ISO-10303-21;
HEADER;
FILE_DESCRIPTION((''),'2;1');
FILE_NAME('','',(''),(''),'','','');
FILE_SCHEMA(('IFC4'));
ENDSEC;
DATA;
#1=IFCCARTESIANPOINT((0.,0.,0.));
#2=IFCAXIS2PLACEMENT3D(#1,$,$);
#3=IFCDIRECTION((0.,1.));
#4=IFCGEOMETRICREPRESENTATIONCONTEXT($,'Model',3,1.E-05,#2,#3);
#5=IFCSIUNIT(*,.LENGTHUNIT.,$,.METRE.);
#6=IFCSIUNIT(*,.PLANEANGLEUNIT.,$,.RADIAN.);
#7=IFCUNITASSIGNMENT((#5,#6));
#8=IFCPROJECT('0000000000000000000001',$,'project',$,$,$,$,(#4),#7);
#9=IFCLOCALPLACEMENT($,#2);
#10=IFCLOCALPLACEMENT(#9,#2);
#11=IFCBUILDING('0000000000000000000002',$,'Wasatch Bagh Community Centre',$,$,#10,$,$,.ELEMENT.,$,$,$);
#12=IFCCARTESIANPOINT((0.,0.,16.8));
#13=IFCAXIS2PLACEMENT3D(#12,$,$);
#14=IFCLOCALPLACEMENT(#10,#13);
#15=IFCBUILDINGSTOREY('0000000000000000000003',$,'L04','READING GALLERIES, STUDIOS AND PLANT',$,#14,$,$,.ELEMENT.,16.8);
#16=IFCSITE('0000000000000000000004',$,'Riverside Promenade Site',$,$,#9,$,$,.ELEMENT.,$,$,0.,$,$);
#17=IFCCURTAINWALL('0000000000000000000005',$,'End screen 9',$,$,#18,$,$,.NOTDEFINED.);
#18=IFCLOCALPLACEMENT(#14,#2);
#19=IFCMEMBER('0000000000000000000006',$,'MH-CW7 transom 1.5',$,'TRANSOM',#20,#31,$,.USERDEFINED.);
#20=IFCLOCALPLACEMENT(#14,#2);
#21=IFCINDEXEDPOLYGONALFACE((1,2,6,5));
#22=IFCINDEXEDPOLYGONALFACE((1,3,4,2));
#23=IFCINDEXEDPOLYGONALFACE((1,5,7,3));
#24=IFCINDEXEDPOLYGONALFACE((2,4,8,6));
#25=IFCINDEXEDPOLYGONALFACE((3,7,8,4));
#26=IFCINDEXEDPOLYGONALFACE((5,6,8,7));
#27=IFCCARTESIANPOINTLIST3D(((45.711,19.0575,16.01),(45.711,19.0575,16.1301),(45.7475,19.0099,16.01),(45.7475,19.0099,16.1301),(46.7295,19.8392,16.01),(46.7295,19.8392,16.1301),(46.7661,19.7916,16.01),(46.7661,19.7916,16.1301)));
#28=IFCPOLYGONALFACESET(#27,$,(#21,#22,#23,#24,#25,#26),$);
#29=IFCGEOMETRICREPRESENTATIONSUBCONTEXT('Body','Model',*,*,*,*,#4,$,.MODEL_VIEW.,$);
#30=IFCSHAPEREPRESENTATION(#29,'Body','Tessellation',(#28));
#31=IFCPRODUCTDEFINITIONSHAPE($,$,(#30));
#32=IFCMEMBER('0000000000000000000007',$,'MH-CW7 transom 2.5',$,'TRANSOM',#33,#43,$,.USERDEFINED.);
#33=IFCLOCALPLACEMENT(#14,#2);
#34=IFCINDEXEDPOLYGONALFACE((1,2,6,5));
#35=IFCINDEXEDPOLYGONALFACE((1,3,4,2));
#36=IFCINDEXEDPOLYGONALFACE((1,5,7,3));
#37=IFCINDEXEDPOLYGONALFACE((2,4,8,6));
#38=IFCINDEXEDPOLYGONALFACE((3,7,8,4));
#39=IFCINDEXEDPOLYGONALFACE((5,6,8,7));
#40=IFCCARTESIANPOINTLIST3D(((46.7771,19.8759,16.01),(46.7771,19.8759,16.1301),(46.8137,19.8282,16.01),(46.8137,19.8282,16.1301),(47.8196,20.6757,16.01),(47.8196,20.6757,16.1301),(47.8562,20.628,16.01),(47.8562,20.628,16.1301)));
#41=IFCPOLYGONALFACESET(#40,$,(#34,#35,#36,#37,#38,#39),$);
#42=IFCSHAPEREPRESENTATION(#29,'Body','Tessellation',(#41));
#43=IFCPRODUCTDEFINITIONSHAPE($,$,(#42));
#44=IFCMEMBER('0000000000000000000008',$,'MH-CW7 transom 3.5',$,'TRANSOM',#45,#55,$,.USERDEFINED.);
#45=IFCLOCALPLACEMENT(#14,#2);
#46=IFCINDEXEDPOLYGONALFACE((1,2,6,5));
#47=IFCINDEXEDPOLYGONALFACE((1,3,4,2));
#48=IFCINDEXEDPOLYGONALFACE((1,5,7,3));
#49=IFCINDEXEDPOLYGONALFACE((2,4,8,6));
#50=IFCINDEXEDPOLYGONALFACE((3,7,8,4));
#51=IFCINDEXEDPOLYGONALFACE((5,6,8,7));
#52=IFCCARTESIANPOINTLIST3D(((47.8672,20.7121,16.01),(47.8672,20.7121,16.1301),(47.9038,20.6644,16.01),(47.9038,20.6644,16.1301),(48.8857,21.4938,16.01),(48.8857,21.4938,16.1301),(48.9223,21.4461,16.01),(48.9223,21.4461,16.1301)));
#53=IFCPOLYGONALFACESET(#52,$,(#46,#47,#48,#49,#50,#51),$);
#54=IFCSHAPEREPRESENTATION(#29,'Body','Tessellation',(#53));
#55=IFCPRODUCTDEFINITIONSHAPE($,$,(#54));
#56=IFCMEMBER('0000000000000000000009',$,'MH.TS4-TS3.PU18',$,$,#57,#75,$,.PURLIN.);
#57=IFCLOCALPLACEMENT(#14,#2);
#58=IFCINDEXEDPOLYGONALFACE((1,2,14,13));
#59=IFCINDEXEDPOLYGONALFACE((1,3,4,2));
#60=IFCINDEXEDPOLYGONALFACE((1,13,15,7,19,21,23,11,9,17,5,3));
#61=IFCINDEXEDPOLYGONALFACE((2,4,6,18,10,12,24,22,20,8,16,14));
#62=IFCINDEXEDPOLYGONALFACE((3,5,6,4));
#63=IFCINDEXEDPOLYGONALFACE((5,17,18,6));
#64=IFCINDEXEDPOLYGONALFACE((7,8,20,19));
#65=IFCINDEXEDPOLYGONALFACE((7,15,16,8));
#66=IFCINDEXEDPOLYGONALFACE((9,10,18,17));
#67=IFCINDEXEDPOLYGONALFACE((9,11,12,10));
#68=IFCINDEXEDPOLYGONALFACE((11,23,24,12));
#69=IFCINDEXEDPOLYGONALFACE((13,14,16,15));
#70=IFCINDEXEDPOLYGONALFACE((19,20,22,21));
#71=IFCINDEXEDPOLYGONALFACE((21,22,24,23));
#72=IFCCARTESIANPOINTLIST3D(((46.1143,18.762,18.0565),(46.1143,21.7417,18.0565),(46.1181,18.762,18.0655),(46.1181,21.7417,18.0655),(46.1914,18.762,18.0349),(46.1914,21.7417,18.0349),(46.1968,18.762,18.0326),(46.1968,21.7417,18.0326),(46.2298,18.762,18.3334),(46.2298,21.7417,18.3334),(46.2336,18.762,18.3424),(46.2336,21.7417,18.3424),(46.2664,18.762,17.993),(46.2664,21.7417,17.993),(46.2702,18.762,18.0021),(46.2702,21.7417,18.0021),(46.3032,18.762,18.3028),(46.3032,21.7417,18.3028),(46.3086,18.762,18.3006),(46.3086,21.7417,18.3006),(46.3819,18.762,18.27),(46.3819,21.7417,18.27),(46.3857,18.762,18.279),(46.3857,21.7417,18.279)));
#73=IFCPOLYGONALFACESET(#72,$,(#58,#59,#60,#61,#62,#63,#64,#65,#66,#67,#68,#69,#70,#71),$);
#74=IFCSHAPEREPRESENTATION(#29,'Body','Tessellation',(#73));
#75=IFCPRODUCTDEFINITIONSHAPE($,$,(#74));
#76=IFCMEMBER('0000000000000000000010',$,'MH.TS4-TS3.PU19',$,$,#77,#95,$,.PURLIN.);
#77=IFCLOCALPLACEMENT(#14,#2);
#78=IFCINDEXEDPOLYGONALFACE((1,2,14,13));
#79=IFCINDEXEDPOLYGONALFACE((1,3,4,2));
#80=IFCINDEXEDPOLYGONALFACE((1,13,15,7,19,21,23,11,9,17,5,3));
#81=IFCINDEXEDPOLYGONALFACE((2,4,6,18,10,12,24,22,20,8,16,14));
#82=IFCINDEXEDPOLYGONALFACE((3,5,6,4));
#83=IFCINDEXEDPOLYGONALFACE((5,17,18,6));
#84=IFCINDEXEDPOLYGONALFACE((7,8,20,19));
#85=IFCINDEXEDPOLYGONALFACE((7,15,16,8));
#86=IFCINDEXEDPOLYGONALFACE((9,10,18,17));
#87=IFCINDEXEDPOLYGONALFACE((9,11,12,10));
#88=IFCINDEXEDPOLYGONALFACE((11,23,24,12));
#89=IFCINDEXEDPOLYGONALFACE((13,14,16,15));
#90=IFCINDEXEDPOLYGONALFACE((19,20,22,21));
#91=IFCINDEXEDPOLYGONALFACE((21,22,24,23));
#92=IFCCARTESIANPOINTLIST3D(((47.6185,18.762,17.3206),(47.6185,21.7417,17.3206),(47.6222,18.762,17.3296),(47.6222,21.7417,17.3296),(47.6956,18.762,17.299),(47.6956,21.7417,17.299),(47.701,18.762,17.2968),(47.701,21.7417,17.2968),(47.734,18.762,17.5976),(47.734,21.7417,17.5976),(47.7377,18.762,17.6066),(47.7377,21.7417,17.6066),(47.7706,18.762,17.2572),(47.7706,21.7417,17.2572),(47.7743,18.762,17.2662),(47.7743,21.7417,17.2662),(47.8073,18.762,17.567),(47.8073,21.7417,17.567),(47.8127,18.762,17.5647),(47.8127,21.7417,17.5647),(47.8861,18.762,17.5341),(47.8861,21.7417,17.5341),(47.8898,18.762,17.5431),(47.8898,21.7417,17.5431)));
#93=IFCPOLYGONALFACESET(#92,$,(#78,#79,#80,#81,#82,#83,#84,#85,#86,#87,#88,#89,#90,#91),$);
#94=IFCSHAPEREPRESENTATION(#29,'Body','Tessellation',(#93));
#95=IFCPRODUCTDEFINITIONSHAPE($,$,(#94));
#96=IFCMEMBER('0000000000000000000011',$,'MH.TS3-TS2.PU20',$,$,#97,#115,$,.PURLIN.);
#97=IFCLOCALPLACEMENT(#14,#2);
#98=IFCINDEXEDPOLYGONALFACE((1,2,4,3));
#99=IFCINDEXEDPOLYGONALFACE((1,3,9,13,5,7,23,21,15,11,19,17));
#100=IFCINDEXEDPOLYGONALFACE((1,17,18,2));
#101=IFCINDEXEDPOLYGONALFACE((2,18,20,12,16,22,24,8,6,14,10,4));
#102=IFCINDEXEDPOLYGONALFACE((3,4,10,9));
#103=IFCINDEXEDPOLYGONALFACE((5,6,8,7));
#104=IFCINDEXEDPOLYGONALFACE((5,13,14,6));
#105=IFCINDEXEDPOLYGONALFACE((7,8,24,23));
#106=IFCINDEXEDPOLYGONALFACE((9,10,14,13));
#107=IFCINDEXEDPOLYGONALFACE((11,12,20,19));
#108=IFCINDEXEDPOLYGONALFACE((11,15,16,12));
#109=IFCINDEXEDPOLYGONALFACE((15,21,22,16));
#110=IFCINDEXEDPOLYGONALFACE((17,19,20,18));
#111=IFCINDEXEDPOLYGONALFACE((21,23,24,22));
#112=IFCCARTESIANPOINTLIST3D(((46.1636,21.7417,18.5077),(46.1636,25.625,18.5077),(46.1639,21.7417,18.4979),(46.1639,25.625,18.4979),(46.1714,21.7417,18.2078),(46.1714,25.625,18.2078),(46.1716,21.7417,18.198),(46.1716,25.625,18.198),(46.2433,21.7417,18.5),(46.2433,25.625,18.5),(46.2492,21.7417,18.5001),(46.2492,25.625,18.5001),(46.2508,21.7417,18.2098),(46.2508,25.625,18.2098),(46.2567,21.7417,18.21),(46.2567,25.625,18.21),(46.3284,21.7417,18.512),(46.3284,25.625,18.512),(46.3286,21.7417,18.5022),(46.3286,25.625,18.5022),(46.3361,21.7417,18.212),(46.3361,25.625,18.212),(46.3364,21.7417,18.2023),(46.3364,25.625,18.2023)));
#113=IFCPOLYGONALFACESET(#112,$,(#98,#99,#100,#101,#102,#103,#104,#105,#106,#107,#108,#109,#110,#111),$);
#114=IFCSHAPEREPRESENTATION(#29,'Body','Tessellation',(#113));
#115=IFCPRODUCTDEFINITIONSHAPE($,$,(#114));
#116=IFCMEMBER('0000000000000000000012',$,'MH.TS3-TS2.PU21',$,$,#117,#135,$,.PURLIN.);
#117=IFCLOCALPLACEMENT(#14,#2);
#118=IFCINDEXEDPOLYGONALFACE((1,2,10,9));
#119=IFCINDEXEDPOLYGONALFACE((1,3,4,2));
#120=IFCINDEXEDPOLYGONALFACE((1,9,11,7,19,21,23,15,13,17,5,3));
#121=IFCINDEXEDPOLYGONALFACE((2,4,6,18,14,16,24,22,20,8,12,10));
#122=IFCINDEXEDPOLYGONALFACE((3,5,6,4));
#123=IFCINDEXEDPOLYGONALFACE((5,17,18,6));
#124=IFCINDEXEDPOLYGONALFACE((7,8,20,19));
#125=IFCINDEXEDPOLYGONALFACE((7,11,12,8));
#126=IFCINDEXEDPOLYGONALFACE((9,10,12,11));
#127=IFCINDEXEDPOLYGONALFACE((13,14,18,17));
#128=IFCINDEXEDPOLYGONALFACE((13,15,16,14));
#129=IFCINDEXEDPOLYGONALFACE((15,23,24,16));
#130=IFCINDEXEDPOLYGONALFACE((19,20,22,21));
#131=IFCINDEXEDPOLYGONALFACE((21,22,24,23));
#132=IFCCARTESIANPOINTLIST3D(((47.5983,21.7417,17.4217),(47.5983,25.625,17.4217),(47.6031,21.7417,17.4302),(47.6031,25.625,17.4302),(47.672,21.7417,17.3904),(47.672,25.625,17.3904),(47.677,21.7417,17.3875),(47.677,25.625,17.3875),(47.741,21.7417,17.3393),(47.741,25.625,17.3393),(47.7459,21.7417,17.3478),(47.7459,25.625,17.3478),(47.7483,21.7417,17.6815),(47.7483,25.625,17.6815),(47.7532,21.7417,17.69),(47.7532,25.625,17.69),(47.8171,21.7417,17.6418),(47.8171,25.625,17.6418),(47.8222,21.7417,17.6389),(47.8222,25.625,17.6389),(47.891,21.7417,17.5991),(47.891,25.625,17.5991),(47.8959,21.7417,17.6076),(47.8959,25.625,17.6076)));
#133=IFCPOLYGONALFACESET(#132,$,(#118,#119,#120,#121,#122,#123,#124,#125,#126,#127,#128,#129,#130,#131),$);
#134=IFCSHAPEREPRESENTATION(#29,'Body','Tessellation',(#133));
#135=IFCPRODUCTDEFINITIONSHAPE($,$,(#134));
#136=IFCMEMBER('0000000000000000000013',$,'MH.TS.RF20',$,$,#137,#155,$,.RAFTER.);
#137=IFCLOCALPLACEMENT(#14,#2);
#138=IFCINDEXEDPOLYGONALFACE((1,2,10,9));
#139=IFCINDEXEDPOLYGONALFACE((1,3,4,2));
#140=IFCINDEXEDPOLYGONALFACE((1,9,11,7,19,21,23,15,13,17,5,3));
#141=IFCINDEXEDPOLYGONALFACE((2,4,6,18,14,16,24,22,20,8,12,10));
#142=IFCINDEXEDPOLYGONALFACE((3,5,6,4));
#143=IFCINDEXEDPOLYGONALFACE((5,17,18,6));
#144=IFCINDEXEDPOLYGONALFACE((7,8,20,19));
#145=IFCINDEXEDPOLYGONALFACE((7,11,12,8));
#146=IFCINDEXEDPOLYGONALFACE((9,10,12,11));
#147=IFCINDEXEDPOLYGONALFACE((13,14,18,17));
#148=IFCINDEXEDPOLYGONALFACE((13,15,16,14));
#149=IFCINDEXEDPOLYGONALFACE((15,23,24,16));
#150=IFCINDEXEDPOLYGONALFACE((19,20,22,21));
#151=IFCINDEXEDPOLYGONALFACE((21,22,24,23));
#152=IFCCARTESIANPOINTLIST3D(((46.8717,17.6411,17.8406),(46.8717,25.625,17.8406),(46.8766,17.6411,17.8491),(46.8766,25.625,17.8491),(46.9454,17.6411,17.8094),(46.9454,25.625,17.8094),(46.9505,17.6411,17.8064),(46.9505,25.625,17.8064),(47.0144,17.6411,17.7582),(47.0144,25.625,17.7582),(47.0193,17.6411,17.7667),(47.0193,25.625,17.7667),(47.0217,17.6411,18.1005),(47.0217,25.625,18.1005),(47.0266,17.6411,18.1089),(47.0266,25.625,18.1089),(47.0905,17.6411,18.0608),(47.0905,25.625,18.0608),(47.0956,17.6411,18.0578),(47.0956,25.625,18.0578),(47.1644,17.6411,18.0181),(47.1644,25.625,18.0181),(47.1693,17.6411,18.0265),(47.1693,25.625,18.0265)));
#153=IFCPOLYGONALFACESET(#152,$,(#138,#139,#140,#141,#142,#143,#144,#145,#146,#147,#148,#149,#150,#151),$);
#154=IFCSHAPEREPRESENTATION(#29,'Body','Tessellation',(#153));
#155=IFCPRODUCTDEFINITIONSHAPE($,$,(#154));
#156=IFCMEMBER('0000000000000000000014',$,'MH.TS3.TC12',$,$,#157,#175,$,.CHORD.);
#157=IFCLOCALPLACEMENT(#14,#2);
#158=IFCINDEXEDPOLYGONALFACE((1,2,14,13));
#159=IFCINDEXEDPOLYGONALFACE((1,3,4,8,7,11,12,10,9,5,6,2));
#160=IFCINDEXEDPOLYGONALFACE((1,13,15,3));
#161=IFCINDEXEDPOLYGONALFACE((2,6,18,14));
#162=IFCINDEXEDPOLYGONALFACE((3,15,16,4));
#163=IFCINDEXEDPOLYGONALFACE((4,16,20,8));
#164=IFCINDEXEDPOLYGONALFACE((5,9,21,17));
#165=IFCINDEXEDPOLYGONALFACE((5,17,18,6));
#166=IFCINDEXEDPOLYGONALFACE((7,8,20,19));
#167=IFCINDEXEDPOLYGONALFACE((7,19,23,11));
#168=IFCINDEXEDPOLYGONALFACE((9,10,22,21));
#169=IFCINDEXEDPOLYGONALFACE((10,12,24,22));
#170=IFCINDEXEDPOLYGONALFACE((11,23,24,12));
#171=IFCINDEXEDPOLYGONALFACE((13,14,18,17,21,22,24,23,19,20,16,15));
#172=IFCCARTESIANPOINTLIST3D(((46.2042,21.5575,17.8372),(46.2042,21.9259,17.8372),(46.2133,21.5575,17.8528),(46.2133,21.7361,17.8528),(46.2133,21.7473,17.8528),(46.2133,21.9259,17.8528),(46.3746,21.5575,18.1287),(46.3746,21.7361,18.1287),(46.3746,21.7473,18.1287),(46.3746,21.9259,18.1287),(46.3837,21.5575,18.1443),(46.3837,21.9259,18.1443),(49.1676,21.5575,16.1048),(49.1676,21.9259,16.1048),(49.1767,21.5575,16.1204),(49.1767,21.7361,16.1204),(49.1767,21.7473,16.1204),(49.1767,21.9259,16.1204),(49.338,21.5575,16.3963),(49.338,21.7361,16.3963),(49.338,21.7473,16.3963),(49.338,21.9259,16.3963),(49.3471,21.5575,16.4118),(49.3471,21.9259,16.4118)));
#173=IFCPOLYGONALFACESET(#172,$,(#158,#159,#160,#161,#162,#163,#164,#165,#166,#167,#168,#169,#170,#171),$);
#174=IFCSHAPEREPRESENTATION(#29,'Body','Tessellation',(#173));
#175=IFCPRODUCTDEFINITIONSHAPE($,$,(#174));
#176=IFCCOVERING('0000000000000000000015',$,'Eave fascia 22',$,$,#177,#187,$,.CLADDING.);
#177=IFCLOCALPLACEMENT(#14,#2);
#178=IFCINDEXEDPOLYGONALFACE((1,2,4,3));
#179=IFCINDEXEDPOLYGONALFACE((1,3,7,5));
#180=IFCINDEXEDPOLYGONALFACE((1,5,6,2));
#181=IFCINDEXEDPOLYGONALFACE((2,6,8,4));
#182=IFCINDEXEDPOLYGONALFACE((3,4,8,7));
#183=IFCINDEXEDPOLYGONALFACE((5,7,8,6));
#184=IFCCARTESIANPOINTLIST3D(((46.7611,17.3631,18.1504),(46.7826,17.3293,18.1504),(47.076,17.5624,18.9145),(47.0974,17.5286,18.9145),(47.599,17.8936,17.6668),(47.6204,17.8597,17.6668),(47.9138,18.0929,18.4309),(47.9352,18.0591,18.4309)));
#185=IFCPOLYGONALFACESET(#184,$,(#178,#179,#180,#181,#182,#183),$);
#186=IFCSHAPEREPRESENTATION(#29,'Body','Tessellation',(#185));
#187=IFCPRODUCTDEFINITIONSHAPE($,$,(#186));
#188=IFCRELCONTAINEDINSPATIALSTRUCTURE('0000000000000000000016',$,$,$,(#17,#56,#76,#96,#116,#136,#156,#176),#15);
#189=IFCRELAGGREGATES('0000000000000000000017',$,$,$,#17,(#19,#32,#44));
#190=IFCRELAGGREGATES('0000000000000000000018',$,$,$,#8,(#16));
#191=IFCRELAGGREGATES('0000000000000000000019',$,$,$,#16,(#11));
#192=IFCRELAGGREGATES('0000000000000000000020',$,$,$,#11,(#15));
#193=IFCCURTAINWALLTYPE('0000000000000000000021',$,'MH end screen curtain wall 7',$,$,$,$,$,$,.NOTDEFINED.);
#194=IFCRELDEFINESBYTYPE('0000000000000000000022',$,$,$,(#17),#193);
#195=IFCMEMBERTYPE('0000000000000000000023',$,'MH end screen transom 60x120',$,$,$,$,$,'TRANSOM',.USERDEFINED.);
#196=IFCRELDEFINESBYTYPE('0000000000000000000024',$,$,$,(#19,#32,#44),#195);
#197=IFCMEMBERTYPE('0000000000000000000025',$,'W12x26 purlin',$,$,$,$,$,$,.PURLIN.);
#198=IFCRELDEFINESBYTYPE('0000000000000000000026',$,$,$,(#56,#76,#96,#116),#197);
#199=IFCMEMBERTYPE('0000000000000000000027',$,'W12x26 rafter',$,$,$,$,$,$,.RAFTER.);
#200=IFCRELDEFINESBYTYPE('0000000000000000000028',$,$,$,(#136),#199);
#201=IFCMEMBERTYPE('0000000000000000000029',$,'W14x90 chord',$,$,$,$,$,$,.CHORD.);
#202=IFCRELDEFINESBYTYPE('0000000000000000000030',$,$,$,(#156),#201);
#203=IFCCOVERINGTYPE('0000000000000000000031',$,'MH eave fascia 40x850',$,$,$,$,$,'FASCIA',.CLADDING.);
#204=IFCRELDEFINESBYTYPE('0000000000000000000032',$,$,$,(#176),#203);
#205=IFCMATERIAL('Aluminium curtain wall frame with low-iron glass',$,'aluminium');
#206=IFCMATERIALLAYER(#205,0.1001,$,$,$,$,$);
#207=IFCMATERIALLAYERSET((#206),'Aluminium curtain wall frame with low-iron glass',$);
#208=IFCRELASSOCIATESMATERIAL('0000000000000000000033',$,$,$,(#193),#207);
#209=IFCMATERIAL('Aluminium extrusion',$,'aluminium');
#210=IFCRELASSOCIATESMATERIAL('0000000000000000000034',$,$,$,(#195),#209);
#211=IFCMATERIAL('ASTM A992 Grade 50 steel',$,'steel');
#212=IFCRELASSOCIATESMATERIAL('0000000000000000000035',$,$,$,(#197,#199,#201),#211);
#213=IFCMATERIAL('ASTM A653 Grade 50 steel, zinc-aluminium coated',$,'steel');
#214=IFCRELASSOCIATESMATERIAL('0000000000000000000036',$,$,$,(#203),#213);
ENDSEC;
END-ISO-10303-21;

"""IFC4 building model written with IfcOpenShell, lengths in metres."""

from ifc_helpers import new_model, si_unit, direction, frame, origin, origin_2d, place, context, subcontext, project, spatial, rectangle, i_section, extrude, material, layer, layer_set, material_profile, profile_set, type_object, element, aggregate, save


model = new_model("IFC4")

# Units and contexts
model_context = context("Model", 3, precision=1e-05, world=origin(), true_north=direction((0.0, 1.0)))
body_context = subcontext(model_context, "Body", "Model", "MODEL_VIEW")
ifc_project = project(units=[si_unit("LENGTHUNIT", "METRE"), si_unit("PLANEANGLEUNIT", "RADIAN")], contexts=[model_context])

# Site, building, storey
site_placement = place(None, origin())
site = spatial("IfcSite", under=ifc_project, at=site_placement, Name="Riverside Promenade Site", CompositionType="ELEMENT", RefElevation=0.0)
building_placement = place(site_placement, origin())
building = spatial("IfcBuilding", under=site, at=building_placement, Name="Wasatch Bagh Community Centre", CompositionType="ELEMENT")
storey_placement = place(building_placement, frame((0.0, 0.0, 16.8)))
storey = spatial("IfcBuildingStorey", under=building, at=storey_placement, Name="L04", Description="READING GALLERIES, STUDIOS AND PLANT", CompositionType="ELEMENT", Elevation=16.8)

# Curtain wall, members
ifc_material_1 = material(Name="Aluminium curtain wall frame with low-iron glass", Category="aluminium")
ifc_layer = layer(ifc_material_1, 0.1001)
ifc_layer_set = layer_set([ifc_layer], Name="Aluminium curtain wall frame with low-iron glass")
curtain_wall_type = type_object("IfcCurtainWallType", Name="MH end screen curtain wall 7", PredefinedType="NOTDEFINED", material=ifc_layer_set)
curtain_wall_placement = place(storey_placement, origin())
curtain_wall = element("IfcCurtainWall", 1, at=curtain_wall_placement, inside=storey, type_object=curtain_wall_type, Name="End screen 9", PredefinedType="NOTDEFINED")
ifc_material_2 = material(Name="Aluminium extrusion", Category="aluminium")
ifc_material_profile_1 = material_profile(ifc_material_2, rectangle(XDim=0.0601, YDim=0.1201, at=origin_2d()), Name="AL 60x120")
ifc_profile_set_1 = profile_set([ifc_material_profile_1], Name="Aluminium extrusion")
member_type_1 = type_object("IfcMemberType", Name="MH end screen transom 60x120", ElementType="TRANSOM", PredefinedType="USERDEFINED", material=ifc_profile_set_1)
member_1_placement = place(storey_placement, frame((45.7292, 19.0337, 16.0701), z_axis=(0.793288, 0.608847, 0.0), x_axis=(-0.608847, 0.793288, 0.0)))
member_1 = element("IfcMember", 2, at=member_1_placement, type_object=member_type_1, Name="MH-CW7 transom 1.5", ObjectType="TRANSOM", PredefinedType="USERDEFINED", context=body_context, shape_type="SweptSolid", body=[
    extrude(rectangle(XDim=0.0601, YDim=0.1201, at=origin_2d()), origin(), (0.0, 0.0, 1.0), 1.2839),
])
member_2_placement = place(storey_placement, frame((46.7954, 19.8521, 16.0701), z_axis=(0.793397, 0.608705, 0.0), x_axis=(-0.608705, 0.793397, 0.0)))
member_2 = element("IfcMember", 3, at=member_2_placement, type_object=member_type_1, Name="MH-CW7 transom 2.5", ObjectType="TRANSOM", PredefinedType="USERDEFINED", context=body_context, shape_type="SweptSolid", body=[
    extrude(rectangle(XDim=0.0601, YDim=0.1201, at=origin_2d()), origin(), (0.0, 0.0, 1.0), 1.314),
])
member_3_placement = place(storey_placement, frame((47.8855, 20.6882, 16.0701), z_axis=(0.793288, 0.608847, 0.0), x_axis=(-0.608847, 0.793288, 0.0)))
member_3 = element("IfcMember", 4, at=member_3_placement, type_object=member_type_1, Name="MH-CW7 transom 3.5", ObjectType="TRANSOM", PredefinedType="USERDEFINED", context=body_context, shape_type="SweptSolid", body=[
    extrude(rectangle(XDim=0.0601, YDim=0.1201, at=origin_2d()), origin(), (0.0, 0.0, 1.0), 1.2839),
])
aggregate(curtain_wall, [member_1, member_2, member_3])

# Members
ifc_material_3 = material(Name="ASTM A992 Grade 50 steel", Category="steel")
ifc_material_profile_2 = material_profile(ifc_material_3, i_section(OverallWidth=0.1648, OverallDepth=0.3098, WebThickness=0.0059, FlangeThickness=0.0098, at=origin_2d()), Name="W12x26")
ifc_profile_set_2 = profile_set([ifc_material_profile_2], Name="ASTM A992 Grade 50 steel")
member_type_2 = type_object("IfcMemberType", Name="W12x26 purlin", PredefinedType="PURLIN", material=ifc_profile_set_2)
for number, where, z_axis, x_axis, name in (
    (5, (46.25, 18.762, 18.1677), (0.0, 1.0, 0.0), (-0.922977, 0.0, 0.384855), "MH.TS4-TS3.PU18"),
    (6, (47.7542, 18.762, 17.4319), (0.0, 1.0, 0.0), (-0.922977, 0.0, 0.384855), "MH.TS4-TS3.PU19"),
):
    element("IfcMember", number, at=place(storey_placement, frame(where, z_axis=z_axis, x_axis=x_axis)), inside=storey, type_object=member_type_2, Name=name, PredefinedType="PURLIN", context=body_context, shape_type="SweptSolid", body=[
        extrude(i_section(OverallWidth=0.1648, OverallDepth=0.3098, WebThickness=0.0059, FlangeThickness=0.0098, at=origin_2d()), origin(), (0.0, 0.0, 1.0), 2.9797),
    ])
for number, where, z_axis, x_axis, name in (
    (7, (46.25, 21.7417, 18.355), (0.0, 1.0, 0.0), (-0.999667, 0.0, -0.025817), "MH.TS3-TS2.PU20"),
    (8, (47.7471, 21.7417, 17.5146), (0.0, 1.0, 0.0), (-0.866025, 0.0, 0.5), "MH.TS3-TS2.PU21"),
):
    element("IfcMember", number, at=place(storey_placement, frame(where, z_axis=z_axis, x_axis=x_axis)), inside=storey, type_object=member_type_2, Name=name, PredefinedType="PURLIN", context=body_context, shape_type="SweptSolid", body=[
        extrude(i_section(OverallWidth=0.1648, OverallDepth=0.3098, WebThickness=0.0059, FlangeThickness=0.0098, at=origin_2d()), origin(), (0.0, 0.0, 1.0), 3.8833),
    ])
ifc_material_profile_3 = material_profile(ifc_material_3, i_section(OverallWidth=0.1648, OverallDepth=0.3098, WebThickness=0.0059, FlangeThickness=0.0098, at=origin_2d()), Name="W12x26")
ifc_profile_set_3 = profile_set([ifc_material_profile_3], Name="ASTM A992 Grade 50 steel")
member_type_3 = type_object("IfcMemberType", Name="W12x26 rafter", PredefinedType="RAFTER", material=ifc_profile_set_3)
member_4_placement = place(storey_placement, frame((47.0205, 17.6411, 17.9336), z_axis=(0.0, 1.0, 0.0), x_axis=(-0.866025, 0.0, 0.5)))
element("IfcMember", 9, at=member_4_placement, inside=storey, type_object=member_type_3, Name="MH.TS.RF20", PredefinedType="RAFTER", context=body_context, shape_type="SweptSolid", body=[
    extrude(i_section(OverallWidth=0.1648, OverallDepth=0.3098, WebThickness=0.0059, FlangeThickness=0.0098, at=origin_2d()), origin(), (0.0, 0.0, 1.0), 7.9839),
])
ifc_material_profile_4 = material_profile(ifc_material_3, i_section(OverallWidth=0.3684, OverallDepth=0.3557, WebThickness=0.0112, FlangeThickness=0.0181, at=origin_2d()), Name="W14x90")
ifc_profile_set_4 = profile_set([ifc_material_profile_4], Name="ASTM A992 Grade 50 steel")
member_type_4 = type_object("IfcMemberType", Name="W14x90 chord", PredefinedType="CHORD", material=ifc_profile_set_4)
member_5_placement = place(storey_placement, frame((46.2939, 21.7417, 17.9907), z_axis=(0.863299, 0.0, -0.504693), x_axis=(0.0, 1.0, 0.0)))
element("IfcMember", 10, at=member_5_placement, inside=storey, type_object=member_type_4, Name="MH.TS3.TC12", PredefinedType="CHORD", context=body_context, shape_type="SweptSolid", body=[
    extrude(i_section(OverallWidth=0.3684, OverallDepth=0.3557, WebThickness=0.0112, FlangeThickness=0.0181, at=origin_2d()), origin(), (0.0, 0.0, 1.0), 3.4326),
])

# Covering
ifc_material_4 = material(Name="ASTM A653 Grade 50 steel, zinc-aluminium coated", Category="steel")
ifc_material_profile_5 = material_profile(ifc_material_4, rectangle(XDim=0.04, YDim=0.8501, at=origin_2d()), Name="FASCIA 40x850")
ifc_profile_set_5 = profile_set([ifc_material_profile_5], Name="ASTM A653 Grade 50 steel, zinc-aluminium coated")
covering_type_1 = type_object("IfcCoveringType", Name="MH eave fascia 40x850", ElementType="FASCIA", PredefinedType="CLADDING", material=ifc_profile_set_5)
covering_1_placement = place(storey_placement, frame((47.7671, 17.9763, 18.0488), z_axis=(-0.759394, -0.480817, 0.438333), x_axis=(0.534947, -0.844886, 0.0)))
element("IfcCovering", 11, at=covering_1_placement, inside=storey, type_object=covering_type_1, Name="Eave fascia 22", PredefinedType="CLADDING", context=body_context, shape_type="SweptSolid", body=[
    extrude(rectangle(XDim=0.04, YDim=0.8501, at=origin_2d()), origin(), (0.0, 0.0, 1.0), 1.1033),
])

save(model, "model.ifc")
